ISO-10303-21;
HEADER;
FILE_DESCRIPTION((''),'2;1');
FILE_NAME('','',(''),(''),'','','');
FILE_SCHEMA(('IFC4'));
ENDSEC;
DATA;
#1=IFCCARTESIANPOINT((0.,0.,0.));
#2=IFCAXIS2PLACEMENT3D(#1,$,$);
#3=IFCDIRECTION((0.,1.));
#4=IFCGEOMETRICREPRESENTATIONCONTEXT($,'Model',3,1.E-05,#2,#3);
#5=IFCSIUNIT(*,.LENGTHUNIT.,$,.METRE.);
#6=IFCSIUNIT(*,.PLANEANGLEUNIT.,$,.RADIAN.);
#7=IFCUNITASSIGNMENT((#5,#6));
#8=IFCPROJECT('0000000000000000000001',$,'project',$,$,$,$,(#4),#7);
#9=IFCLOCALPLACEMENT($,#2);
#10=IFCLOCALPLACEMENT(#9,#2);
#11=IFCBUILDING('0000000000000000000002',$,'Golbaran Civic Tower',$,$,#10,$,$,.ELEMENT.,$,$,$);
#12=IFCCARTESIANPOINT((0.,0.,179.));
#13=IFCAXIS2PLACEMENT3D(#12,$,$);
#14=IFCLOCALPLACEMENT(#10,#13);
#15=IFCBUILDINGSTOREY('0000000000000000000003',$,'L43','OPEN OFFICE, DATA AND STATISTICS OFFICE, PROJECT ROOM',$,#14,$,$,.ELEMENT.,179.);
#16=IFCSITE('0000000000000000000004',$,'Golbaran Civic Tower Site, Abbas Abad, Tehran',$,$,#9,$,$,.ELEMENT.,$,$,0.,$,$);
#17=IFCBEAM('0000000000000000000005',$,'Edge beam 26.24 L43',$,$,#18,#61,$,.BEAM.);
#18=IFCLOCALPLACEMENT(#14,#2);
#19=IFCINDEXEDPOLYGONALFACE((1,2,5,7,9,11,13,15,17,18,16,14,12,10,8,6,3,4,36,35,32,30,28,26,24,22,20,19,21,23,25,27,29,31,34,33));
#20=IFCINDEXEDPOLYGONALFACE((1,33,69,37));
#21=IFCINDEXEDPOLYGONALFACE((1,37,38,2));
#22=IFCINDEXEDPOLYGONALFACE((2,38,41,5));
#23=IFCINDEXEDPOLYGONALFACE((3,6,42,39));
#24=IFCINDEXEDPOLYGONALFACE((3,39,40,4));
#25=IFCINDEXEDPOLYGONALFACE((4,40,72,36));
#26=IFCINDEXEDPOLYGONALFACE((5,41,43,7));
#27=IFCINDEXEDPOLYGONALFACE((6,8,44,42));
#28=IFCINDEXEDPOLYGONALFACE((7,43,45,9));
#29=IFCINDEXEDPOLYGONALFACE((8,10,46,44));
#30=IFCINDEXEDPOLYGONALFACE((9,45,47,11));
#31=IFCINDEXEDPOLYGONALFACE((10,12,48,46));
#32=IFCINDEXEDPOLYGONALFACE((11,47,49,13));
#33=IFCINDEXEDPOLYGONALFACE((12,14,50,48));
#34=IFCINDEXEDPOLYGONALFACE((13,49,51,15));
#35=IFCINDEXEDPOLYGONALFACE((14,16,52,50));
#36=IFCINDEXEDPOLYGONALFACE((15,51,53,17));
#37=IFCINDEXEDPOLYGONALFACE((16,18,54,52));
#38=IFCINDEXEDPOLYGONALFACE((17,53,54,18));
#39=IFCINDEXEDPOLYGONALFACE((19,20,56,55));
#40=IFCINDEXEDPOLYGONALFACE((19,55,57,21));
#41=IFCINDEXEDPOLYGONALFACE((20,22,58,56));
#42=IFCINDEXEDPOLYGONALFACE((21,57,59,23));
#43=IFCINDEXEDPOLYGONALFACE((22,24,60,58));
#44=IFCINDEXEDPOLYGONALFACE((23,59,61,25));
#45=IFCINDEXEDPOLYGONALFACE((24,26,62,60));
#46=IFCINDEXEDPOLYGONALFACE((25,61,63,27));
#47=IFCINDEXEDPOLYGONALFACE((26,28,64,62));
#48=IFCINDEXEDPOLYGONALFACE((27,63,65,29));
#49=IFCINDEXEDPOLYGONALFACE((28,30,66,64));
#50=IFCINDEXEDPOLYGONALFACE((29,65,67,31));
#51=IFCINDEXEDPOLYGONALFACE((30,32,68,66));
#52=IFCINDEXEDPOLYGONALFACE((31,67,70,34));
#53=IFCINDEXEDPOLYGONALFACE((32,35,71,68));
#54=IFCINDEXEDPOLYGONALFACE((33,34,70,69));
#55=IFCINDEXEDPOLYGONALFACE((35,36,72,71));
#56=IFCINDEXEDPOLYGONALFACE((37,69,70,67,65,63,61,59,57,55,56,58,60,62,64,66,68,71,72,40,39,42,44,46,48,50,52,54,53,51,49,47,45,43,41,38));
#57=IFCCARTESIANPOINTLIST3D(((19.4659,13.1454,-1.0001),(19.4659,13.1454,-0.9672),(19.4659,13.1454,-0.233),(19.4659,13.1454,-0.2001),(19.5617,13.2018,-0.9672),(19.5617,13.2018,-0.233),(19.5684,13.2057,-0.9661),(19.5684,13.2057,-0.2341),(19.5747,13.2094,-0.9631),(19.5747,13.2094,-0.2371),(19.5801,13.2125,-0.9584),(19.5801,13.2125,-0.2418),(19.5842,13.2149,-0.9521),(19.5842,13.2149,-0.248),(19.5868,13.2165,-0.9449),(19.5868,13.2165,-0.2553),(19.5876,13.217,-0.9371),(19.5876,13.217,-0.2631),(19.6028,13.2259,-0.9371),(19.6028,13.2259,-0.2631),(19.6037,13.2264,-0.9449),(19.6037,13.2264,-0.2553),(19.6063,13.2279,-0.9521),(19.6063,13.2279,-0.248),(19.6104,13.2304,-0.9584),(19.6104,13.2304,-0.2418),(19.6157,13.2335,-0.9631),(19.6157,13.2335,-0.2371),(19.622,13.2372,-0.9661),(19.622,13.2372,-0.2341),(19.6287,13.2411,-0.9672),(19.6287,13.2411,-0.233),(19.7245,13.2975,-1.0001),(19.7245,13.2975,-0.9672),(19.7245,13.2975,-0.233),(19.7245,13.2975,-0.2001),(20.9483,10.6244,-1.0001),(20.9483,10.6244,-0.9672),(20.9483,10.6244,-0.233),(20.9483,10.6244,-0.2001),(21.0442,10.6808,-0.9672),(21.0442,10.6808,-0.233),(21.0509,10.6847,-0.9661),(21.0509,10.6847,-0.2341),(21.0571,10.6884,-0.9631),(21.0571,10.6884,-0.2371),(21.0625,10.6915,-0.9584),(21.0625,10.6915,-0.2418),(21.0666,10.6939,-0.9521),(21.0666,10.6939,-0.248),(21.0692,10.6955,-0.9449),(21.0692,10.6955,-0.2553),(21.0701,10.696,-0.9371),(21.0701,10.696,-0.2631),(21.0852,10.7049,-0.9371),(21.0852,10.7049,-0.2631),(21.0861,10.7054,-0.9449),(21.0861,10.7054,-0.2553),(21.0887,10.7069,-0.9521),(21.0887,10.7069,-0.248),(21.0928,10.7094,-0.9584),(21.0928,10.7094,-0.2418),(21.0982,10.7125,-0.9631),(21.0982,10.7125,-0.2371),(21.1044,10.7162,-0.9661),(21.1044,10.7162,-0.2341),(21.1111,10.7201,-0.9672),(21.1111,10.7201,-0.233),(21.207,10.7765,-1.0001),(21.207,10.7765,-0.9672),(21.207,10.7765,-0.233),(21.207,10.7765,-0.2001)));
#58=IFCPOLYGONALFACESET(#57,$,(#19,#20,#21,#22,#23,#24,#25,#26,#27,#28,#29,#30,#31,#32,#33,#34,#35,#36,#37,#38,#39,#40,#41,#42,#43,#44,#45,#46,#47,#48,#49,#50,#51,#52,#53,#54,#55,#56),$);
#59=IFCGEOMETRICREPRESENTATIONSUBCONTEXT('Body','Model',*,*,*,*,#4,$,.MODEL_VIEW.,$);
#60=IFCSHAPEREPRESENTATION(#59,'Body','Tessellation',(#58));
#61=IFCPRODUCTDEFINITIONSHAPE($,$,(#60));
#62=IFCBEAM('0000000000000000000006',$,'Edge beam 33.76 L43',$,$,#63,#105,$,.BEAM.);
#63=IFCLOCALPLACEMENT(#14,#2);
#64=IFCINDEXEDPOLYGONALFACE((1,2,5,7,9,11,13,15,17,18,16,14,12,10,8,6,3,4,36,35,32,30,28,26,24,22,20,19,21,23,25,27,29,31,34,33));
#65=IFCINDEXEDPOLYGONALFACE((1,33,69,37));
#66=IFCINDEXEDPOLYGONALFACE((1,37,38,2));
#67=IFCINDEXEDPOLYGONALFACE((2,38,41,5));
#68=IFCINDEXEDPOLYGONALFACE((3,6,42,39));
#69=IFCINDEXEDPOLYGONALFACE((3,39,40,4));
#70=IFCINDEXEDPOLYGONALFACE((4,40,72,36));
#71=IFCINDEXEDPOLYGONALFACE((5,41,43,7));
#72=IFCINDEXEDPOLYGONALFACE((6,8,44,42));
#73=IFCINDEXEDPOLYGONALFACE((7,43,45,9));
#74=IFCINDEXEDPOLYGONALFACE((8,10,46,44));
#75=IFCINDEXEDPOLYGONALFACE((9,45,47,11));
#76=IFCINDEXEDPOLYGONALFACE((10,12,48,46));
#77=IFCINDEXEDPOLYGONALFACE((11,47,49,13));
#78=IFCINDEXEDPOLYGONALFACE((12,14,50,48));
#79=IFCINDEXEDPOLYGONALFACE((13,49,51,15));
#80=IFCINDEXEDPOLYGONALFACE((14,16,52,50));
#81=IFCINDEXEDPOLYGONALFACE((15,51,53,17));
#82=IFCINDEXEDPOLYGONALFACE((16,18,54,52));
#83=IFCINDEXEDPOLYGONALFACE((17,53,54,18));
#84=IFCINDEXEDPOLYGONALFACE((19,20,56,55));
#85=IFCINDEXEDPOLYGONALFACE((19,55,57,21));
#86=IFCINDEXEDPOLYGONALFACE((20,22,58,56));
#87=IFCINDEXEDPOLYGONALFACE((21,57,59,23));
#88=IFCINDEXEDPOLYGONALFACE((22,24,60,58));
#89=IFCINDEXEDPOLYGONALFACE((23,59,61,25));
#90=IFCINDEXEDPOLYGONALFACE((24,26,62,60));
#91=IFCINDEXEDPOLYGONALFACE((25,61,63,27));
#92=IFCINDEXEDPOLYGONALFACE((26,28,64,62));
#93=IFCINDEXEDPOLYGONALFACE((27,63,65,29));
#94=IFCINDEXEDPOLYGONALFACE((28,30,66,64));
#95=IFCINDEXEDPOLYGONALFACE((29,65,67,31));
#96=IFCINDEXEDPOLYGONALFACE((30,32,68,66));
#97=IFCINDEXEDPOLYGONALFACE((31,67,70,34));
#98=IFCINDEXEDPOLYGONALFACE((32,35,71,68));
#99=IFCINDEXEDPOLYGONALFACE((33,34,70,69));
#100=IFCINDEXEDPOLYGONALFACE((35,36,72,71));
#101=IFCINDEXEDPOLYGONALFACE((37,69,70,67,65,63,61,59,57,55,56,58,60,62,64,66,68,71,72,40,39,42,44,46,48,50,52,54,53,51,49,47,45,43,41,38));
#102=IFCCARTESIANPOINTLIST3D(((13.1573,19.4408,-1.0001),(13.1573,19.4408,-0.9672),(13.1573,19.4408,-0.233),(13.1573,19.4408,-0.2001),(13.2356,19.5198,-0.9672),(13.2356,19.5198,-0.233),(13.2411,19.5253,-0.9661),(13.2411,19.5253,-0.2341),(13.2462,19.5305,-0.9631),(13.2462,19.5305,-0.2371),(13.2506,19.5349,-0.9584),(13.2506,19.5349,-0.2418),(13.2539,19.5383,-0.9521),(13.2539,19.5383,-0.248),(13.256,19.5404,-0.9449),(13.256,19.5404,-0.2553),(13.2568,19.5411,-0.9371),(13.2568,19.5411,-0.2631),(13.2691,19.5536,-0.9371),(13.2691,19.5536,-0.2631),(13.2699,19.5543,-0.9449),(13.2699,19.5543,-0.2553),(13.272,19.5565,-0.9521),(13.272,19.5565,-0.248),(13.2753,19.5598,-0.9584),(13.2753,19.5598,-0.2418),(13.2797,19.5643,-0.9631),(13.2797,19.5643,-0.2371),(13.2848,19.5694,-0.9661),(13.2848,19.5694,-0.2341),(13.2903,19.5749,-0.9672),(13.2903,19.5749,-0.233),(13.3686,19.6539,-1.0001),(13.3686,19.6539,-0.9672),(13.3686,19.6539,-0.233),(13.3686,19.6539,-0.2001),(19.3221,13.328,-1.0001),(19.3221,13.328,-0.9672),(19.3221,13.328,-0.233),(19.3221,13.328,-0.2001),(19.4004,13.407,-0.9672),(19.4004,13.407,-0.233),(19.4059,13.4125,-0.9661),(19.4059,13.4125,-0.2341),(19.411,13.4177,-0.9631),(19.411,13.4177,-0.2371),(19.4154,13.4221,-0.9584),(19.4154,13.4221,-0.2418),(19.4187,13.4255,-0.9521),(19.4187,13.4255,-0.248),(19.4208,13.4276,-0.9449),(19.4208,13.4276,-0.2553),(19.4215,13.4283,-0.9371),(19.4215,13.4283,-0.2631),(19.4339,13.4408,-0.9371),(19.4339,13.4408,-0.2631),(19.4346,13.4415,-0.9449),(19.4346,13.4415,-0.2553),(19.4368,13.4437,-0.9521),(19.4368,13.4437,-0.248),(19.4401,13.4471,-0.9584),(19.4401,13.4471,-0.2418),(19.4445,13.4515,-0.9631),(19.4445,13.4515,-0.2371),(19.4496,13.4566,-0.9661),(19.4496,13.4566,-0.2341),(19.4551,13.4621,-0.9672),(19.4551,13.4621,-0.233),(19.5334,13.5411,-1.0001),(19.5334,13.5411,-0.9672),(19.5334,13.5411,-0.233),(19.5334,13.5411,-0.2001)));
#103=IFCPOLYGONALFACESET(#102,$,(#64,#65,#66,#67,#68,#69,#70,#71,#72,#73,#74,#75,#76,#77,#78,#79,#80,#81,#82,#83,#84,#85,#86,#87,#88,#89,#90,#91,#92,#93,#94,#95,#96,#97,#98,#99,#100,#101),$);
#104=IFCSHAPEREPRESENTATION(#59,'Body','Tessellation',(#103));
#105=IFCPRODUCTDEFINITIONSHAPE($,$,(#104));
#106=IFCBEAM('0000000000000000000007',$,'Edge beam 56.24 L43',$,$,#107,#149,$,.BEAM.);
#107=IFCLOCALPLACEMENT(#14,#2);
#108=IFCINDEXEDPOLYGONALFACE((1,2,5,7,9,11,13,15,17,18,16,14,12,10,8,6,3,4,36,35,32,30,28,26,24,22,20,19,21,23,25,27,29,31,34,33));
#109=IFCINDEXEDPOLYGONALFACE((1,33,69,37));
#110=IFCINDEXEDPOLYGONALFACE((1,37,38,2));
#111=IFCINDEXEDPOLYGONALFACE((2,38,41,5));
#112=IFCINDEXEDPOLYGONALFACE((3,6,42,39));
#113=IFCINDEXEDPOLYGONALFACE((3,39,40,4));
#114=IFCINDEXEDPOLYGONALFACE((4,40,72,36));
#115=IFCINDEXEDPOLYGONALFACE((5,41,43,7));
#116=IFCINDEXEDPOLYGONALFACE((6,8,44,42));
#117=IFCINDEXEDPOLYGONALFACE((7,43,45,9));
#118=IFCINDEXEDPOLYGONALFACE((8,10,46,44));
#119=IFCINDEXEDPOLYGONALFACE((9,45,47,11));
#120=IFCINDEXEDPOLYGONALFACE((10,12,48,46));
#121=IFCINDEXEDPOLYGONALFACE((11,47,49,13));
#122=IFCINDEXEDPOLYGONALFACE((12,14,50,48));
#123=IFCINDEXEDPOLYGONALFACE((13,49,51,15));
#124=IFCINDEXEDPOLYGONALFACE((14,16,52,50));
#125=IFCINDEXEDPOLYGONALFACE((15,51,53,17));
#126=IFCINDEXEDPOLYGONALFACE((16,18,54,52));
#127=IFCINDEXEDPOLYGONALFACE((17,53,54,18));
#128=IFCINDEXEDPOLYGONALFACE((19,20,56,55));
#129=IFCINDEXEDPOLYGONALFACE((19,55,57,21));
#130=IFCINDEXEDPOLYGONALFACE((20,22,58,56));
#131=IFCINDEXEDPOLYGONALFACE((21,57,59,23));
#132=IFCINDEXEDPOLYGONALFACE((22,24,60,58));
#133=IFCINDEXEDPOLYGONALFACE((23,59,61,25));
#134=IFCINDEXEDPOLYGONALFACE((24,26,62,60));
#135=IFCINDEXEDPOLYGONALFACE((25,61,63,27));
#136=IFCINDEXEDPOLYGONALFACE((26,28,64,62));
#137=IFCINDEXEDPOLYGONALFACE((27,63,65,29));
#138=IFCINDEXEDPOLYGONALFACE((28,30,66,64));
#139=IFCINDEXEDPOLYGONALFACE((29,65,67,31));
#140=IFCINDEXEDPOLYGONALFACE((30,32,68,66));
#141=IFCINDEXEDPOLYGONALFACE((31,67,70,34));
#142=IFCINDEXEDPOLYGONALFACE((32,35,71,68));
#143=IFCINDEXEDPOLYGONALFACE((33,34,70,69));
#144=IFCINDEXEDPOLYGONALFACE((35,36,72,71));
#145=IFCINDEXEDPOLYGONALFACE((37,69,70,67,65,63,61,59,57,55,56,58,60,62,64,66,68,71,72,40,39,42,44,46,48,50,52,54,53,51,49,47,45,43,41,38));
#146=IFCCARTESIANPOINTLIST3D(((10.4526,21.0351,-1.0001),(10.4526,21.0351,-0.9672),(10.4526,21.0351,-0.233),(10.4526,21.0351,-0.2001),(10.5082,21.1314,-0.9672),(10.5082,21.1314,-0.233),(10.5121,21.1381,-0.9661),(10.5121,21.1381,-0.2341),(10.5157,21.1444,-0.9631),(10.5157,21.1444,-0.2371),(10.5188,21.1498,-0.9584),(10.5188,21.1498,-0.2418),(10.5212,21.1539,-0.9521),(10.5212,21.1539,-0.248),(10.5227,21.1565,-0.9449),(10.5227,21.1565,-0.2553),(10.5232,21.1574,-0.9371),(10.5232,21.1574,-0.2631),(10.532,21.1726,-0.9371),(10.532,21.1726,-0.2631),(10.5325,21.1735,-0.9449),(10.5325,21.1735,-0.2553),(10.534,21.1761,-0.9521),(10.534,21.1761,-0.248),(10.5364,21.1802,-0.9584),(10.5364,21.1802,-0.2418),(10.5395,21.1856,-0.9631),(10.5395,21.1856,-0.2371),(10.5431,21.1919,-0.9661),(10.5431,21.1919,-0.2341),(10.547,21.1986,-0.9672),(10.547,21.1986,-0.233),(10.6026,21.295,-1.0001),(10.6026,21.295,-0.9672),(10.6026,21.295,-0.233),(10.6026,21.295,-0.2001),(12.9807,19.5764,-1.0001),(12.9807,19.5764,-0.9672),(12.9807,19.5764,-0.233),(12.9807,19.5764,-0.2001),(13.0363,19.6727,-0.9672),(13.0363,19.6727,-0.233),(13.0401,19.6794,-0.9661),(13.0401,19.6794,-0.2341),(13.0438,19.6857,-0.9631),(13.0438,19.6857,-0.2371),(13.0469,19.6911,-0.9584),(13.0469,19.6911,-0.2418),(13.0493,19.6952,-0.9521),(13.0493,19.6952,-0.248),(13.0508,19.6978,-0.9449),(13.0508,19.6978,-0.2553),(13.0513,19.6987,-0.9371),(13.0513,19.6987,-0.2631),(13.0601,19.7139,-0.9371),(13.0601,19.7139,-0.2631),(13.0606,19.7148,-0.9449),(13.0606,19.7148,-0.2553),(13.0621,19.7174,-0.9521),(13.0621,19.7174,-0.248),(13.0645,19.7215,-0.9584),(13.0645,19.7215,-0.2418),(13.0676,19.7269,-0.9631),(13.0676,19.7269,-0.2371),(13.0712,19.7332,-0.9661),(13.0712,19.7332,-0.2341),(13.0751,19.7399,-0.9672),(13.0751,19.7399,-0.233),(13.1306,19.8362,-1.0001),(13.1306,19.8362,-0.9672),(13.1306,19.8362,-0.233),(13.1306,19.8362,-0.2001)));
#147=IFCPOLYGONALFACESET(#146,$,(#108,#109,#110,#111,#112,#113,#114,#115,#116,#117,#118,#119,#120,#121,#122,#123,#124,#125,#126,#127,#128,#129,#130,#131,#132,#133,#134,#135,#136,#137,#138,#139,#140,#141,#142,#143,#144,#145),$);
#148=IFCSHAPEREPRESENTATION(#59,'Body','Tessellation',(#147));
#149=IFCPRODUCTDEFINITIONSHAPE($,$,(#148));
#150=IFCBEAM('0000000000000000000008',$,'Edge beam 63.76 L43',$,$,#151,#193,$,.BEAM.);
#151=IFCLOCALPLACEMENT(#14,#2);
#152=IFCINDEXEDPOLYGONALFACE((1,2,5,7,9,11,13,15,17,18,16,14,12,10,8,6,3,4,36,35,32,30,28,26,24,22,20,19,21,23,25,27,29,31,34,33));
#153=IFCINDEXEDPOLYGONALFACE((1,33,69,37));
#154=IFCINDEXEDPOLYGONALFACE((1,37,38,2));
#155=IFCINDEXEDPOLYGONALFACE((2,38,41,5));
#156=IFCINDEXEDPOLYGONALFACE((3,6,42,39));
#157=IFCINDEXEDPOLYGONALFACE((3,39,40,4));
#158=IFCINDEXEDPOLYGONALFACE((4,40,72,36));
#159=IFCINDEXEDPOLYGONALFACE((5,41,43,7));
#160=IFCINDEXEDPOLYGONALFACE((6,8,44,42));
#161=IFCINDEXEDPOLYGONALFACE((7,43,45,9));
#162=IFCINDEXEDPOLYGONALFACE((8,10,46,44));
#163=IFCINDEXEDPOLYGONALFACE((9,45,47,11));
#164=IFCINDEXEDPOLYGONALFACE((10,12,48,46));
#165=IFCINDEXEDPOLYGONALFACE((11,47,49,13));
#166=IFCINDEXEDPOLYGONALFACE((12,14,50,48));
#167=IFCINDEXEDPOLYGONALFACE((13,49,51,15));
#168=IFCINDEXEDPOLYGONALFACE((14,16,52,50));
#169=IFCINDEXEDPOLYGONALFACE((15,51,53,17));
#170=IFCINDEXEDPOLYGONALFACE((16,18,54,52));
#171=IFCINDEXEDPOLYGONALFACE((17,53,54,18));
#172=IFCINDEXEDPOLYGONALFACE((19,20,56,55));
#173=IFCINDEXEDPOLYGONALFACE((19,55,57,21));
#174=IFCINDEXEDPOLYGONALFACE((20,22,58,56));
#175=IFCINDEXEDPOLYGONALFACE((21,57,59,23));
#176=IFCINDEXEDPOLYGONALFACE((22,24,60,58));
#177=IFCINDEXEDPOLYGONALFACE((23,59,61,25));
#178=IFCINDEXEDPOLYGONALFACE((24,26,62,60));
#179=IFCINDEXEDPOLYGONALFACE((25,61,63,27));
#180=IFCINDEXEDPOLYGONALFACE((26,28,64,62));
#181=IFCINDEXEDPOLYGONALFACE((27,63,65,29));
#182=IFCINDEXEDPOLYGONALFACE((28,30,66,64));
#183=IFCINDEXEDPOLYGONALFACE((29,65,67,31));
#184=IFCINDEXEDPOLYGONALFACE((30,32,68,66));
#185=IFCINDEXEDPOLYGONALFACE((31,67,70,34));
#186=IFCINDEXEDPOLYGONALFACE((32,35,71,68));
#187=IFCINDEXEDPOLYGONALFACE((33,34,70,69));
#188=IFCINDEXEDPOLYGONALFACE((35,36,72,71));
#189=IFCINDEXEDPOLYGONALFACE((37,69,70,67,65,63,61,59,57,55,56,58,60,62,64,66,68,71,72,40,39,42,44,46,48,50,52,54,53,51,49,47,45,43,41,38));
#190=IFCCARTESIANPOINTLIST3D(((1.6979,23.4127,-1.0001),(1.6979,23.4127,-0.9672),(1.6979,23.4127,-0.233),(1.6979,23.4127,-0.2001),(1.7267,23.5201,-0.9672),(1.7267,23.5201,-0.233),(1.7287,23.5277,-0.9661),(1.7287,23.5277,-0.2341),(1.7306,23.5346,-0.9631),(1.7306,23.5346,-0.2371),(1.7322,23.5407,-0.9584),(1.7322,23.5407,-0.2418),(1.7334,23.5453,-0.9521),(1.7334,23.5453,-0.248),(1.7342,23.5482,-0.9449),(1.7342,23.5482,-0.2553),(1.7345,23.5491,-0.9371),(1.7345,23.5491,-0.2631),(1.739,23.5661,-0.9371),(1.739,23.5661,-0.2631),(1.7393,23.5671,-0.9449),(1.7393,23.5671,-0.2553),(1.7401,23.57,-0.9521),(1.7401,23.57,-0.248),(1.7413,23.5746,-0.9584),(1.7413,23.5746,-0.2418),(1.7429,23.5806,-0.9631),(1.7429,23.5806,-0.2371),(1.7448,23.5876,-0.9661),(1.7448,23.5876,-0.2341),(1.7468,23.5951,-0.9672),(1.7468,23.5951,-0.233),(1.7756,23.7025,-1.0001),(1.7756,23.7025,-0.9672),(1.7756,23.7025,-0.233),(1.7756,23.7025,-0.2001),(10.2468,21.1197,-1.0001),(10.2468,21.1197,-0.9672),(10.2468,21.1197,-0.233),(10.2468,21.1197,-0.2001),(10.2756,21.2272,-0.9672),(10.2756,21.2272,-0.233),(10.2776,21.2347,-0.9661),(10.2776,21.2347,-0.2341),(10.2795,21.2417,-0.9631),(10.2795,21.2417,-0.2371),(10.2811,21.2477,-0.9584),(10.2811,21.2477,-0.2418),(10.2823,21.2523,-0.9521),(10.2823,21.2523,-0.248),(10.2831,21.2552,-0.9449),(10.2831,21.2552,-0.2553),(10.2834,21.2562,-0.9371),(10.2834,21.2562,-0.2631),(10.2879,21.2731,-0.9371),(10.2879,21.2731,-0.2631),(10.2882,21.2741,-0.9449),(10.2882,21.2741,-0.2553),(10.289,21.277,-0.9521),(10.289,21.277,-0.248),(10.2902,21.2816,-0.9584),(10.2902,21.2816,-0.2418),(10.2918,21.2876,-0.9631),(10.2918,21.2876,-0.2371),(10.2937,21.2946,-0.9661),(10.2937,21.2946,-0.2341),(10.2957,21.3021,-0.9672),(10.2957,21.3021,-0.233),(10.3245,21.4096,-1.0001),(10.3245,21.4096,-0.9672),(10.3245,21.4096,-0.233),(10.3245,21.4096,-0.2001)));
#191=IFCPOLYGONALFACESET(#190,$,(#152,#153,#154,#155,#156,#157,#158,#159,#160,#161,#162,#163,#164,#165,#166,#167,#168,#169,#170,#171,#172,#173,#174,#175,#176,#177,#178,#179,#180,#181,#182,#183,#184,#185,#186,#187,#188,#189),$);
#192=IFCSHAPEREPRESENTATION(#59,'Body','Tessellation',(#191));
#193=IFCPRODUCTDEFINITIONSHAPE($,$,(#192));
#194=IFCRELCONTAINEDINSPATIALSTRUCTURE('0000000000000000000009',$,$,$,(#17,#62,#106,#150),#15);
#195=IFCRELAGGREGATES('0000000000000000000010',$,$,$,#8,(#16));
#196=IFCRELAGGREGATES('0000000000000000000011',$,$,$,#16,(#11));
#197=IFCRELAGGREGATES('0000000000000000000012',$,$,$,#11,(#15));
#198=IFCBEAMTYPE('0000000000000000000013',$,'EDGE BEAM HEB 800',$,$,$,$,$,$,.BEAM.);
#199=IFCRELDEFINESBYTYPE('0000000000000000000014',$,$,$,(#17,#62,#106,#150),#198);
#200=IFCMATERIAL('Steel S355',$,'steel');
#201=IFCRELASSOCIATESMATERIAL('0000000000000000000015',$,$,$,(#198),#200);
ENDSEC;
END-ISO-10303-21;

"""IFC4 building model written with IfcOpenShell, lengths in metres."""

from ifc_helpers import new_model, si_unit, direction, frame, origin, origin_2d, place, context, subcontext, project, spatial, i_section, extrude, material, material_profile, profile_set, type_object, element, save


model = new_model("IFC4")

# Units and contexts
model_context = context("Model", 3, precision=1e-05, world=origin(), true_north=direction((0.0, 1.0)))
body_context = subcontext(model_context, "Body", "Model", "MODEL_VIEW")
ifc_project = project(units=[si_unit("LENGTHUNIT", "METRE"), si_unit("PLANEANGLEUNIT", "RADIAN")], contexts=[model_context])

# Site, building, storey
site_placement = place(None, origin())
site = spatial("IfcSite", under=ifc_project, at=site_placement, Name="Golbaran Civic Tower Site, Abbas Abad, Tehran", CompositionType="ELEMENT", RefElevation=0.0)
building_placement = place(site_placement, origin())
building = spatial("IfcBuilding", under=site, at=building_placement, Name="Golbaran Civic Tower", CompositionType="ELEMENT")
storey_placement = place(building_placement, frame((0.0, 0.0, 179.0)))
storey = spatial("IfcBuildingStorey", under=building, at=storey_placement, Name="L43", Description="OPEN OFFICE, DATA AND STATISTICS OFFICE, PROJECT ROOM", CompositionType="ELEMENT", Elevation=179.0)

# Beams
ifc_material_1 = material(Name="Steel S355", Category="steel")
ifc_material_profile_1 = material_profile(ifc_material_1, i_section(OverallWidth=0.3, OverallDepth=0.8, WebThickness=0.0176, FlangeThickness=0.033, FilletRadius=0.03, at=origin_2d()), Name="HEB 800")
ifc_profile_set_1 = profile_set([ifc_material_profile_1], Name="Steel S355")
beam_type_1 = type_object("IfcBeamType", Name="EDGE BEAM HEB 800", PredefinedType="BEAM", material=ifc_profile_set_1)
beam_1_placement = place(storey_placement, frame((21.0776, 10.7004, -0.6001), z_axis=(-0.506889, 0.862011, 0.0), x_axis=(-0.862011, -0.506889, 0.0)))
element("IfcBeam", 1, at=beam_1_placement, inside=storey, type_object=beam_type_1, Name="Edge beam 26.24 L43", PredefinedType="BEAM", context=body_context, shape_type="SweptSolid", body=[
    extrude(i_section(OverallWidth=0.3, OverallDepth=0.8, WebThickness=0.0176, FlangeThickness=0.033, FilletRadius=0.03, at=origin_2d()), origin(), (0.0, 0.0, 1.0), 2.9246),
])
beam_2_placement = place(storey_placement, frame((19.4277, 13.4346, -0.6001), z_axis=(-0.710095, 0.704106, 0.0), x_axis=(-0.704106, -0.710095, 0.0)))
element("IfcBeam", 2, at=beam_2_placement, inside=storey, type_object=beam_type_1, Name="Edge beam 33.76 L43", PredefinedType="BEAM", context=body_context, shape_type="SweptSolid", body=[
    extrude(i_section(OverallWidth=0.3, OverallDepth=0.8, WebThickness=0.0176, FlangeThickness=0.033, FilletRadius=0.03, at=origin_2d()), origin(), (0.0, 0.0, 1.0), 8.6816),
])
beam_3_placement = place(storey_placement, frame((13.0557, 19.7063, -0.6001), z_axis=(-0.866151, 0.499783, 0.0), x_axis=(-0.499783, -0.866151, 0.0)))
element("IfcBeam", 3, at=beam_3_placement, inside=storey, type_object=beam_type_1, Name="Edge beam 56.24 L43", PredefinedType="BEAM", context=body_context, shape_type="SweptSolid", body=[
    extrude(i_section(OverallWidth=0.3, OverallDepth=0.8, WebThickness=0.0176, FlangeThickness=0.033, FilletRadius=0.03, at=origin_2d()), origin(), (0.0, 0.0, 1.0), 2.9187),
])
beam_4_placement = place(storey_placement, frame((10.2856, 21.2646, -0.6001), z_axis=(-0.96586, 0.259063, 0.0), x_axis=(-0.259063, -0.96586, 0.0)))
element("IfcBeam", 4, at=beam_4_placement, inside=storey, type_object=beam_type_1, Name="Edge beam 63.76 L43", PredefinedType="BEAM", context=body_context, shape_type="SweptSolid", body=[
    extrude(i_section(OverallWidth=0.3, OverallDepth=0.8, WebThickness=0.0176, FlangeThickness=0.033, FilletRadius=0.03, at=origin_2d()), origin(), (0.0, 0.0, 1.0), 8.8511),
])

save(model, "model.ifc")
